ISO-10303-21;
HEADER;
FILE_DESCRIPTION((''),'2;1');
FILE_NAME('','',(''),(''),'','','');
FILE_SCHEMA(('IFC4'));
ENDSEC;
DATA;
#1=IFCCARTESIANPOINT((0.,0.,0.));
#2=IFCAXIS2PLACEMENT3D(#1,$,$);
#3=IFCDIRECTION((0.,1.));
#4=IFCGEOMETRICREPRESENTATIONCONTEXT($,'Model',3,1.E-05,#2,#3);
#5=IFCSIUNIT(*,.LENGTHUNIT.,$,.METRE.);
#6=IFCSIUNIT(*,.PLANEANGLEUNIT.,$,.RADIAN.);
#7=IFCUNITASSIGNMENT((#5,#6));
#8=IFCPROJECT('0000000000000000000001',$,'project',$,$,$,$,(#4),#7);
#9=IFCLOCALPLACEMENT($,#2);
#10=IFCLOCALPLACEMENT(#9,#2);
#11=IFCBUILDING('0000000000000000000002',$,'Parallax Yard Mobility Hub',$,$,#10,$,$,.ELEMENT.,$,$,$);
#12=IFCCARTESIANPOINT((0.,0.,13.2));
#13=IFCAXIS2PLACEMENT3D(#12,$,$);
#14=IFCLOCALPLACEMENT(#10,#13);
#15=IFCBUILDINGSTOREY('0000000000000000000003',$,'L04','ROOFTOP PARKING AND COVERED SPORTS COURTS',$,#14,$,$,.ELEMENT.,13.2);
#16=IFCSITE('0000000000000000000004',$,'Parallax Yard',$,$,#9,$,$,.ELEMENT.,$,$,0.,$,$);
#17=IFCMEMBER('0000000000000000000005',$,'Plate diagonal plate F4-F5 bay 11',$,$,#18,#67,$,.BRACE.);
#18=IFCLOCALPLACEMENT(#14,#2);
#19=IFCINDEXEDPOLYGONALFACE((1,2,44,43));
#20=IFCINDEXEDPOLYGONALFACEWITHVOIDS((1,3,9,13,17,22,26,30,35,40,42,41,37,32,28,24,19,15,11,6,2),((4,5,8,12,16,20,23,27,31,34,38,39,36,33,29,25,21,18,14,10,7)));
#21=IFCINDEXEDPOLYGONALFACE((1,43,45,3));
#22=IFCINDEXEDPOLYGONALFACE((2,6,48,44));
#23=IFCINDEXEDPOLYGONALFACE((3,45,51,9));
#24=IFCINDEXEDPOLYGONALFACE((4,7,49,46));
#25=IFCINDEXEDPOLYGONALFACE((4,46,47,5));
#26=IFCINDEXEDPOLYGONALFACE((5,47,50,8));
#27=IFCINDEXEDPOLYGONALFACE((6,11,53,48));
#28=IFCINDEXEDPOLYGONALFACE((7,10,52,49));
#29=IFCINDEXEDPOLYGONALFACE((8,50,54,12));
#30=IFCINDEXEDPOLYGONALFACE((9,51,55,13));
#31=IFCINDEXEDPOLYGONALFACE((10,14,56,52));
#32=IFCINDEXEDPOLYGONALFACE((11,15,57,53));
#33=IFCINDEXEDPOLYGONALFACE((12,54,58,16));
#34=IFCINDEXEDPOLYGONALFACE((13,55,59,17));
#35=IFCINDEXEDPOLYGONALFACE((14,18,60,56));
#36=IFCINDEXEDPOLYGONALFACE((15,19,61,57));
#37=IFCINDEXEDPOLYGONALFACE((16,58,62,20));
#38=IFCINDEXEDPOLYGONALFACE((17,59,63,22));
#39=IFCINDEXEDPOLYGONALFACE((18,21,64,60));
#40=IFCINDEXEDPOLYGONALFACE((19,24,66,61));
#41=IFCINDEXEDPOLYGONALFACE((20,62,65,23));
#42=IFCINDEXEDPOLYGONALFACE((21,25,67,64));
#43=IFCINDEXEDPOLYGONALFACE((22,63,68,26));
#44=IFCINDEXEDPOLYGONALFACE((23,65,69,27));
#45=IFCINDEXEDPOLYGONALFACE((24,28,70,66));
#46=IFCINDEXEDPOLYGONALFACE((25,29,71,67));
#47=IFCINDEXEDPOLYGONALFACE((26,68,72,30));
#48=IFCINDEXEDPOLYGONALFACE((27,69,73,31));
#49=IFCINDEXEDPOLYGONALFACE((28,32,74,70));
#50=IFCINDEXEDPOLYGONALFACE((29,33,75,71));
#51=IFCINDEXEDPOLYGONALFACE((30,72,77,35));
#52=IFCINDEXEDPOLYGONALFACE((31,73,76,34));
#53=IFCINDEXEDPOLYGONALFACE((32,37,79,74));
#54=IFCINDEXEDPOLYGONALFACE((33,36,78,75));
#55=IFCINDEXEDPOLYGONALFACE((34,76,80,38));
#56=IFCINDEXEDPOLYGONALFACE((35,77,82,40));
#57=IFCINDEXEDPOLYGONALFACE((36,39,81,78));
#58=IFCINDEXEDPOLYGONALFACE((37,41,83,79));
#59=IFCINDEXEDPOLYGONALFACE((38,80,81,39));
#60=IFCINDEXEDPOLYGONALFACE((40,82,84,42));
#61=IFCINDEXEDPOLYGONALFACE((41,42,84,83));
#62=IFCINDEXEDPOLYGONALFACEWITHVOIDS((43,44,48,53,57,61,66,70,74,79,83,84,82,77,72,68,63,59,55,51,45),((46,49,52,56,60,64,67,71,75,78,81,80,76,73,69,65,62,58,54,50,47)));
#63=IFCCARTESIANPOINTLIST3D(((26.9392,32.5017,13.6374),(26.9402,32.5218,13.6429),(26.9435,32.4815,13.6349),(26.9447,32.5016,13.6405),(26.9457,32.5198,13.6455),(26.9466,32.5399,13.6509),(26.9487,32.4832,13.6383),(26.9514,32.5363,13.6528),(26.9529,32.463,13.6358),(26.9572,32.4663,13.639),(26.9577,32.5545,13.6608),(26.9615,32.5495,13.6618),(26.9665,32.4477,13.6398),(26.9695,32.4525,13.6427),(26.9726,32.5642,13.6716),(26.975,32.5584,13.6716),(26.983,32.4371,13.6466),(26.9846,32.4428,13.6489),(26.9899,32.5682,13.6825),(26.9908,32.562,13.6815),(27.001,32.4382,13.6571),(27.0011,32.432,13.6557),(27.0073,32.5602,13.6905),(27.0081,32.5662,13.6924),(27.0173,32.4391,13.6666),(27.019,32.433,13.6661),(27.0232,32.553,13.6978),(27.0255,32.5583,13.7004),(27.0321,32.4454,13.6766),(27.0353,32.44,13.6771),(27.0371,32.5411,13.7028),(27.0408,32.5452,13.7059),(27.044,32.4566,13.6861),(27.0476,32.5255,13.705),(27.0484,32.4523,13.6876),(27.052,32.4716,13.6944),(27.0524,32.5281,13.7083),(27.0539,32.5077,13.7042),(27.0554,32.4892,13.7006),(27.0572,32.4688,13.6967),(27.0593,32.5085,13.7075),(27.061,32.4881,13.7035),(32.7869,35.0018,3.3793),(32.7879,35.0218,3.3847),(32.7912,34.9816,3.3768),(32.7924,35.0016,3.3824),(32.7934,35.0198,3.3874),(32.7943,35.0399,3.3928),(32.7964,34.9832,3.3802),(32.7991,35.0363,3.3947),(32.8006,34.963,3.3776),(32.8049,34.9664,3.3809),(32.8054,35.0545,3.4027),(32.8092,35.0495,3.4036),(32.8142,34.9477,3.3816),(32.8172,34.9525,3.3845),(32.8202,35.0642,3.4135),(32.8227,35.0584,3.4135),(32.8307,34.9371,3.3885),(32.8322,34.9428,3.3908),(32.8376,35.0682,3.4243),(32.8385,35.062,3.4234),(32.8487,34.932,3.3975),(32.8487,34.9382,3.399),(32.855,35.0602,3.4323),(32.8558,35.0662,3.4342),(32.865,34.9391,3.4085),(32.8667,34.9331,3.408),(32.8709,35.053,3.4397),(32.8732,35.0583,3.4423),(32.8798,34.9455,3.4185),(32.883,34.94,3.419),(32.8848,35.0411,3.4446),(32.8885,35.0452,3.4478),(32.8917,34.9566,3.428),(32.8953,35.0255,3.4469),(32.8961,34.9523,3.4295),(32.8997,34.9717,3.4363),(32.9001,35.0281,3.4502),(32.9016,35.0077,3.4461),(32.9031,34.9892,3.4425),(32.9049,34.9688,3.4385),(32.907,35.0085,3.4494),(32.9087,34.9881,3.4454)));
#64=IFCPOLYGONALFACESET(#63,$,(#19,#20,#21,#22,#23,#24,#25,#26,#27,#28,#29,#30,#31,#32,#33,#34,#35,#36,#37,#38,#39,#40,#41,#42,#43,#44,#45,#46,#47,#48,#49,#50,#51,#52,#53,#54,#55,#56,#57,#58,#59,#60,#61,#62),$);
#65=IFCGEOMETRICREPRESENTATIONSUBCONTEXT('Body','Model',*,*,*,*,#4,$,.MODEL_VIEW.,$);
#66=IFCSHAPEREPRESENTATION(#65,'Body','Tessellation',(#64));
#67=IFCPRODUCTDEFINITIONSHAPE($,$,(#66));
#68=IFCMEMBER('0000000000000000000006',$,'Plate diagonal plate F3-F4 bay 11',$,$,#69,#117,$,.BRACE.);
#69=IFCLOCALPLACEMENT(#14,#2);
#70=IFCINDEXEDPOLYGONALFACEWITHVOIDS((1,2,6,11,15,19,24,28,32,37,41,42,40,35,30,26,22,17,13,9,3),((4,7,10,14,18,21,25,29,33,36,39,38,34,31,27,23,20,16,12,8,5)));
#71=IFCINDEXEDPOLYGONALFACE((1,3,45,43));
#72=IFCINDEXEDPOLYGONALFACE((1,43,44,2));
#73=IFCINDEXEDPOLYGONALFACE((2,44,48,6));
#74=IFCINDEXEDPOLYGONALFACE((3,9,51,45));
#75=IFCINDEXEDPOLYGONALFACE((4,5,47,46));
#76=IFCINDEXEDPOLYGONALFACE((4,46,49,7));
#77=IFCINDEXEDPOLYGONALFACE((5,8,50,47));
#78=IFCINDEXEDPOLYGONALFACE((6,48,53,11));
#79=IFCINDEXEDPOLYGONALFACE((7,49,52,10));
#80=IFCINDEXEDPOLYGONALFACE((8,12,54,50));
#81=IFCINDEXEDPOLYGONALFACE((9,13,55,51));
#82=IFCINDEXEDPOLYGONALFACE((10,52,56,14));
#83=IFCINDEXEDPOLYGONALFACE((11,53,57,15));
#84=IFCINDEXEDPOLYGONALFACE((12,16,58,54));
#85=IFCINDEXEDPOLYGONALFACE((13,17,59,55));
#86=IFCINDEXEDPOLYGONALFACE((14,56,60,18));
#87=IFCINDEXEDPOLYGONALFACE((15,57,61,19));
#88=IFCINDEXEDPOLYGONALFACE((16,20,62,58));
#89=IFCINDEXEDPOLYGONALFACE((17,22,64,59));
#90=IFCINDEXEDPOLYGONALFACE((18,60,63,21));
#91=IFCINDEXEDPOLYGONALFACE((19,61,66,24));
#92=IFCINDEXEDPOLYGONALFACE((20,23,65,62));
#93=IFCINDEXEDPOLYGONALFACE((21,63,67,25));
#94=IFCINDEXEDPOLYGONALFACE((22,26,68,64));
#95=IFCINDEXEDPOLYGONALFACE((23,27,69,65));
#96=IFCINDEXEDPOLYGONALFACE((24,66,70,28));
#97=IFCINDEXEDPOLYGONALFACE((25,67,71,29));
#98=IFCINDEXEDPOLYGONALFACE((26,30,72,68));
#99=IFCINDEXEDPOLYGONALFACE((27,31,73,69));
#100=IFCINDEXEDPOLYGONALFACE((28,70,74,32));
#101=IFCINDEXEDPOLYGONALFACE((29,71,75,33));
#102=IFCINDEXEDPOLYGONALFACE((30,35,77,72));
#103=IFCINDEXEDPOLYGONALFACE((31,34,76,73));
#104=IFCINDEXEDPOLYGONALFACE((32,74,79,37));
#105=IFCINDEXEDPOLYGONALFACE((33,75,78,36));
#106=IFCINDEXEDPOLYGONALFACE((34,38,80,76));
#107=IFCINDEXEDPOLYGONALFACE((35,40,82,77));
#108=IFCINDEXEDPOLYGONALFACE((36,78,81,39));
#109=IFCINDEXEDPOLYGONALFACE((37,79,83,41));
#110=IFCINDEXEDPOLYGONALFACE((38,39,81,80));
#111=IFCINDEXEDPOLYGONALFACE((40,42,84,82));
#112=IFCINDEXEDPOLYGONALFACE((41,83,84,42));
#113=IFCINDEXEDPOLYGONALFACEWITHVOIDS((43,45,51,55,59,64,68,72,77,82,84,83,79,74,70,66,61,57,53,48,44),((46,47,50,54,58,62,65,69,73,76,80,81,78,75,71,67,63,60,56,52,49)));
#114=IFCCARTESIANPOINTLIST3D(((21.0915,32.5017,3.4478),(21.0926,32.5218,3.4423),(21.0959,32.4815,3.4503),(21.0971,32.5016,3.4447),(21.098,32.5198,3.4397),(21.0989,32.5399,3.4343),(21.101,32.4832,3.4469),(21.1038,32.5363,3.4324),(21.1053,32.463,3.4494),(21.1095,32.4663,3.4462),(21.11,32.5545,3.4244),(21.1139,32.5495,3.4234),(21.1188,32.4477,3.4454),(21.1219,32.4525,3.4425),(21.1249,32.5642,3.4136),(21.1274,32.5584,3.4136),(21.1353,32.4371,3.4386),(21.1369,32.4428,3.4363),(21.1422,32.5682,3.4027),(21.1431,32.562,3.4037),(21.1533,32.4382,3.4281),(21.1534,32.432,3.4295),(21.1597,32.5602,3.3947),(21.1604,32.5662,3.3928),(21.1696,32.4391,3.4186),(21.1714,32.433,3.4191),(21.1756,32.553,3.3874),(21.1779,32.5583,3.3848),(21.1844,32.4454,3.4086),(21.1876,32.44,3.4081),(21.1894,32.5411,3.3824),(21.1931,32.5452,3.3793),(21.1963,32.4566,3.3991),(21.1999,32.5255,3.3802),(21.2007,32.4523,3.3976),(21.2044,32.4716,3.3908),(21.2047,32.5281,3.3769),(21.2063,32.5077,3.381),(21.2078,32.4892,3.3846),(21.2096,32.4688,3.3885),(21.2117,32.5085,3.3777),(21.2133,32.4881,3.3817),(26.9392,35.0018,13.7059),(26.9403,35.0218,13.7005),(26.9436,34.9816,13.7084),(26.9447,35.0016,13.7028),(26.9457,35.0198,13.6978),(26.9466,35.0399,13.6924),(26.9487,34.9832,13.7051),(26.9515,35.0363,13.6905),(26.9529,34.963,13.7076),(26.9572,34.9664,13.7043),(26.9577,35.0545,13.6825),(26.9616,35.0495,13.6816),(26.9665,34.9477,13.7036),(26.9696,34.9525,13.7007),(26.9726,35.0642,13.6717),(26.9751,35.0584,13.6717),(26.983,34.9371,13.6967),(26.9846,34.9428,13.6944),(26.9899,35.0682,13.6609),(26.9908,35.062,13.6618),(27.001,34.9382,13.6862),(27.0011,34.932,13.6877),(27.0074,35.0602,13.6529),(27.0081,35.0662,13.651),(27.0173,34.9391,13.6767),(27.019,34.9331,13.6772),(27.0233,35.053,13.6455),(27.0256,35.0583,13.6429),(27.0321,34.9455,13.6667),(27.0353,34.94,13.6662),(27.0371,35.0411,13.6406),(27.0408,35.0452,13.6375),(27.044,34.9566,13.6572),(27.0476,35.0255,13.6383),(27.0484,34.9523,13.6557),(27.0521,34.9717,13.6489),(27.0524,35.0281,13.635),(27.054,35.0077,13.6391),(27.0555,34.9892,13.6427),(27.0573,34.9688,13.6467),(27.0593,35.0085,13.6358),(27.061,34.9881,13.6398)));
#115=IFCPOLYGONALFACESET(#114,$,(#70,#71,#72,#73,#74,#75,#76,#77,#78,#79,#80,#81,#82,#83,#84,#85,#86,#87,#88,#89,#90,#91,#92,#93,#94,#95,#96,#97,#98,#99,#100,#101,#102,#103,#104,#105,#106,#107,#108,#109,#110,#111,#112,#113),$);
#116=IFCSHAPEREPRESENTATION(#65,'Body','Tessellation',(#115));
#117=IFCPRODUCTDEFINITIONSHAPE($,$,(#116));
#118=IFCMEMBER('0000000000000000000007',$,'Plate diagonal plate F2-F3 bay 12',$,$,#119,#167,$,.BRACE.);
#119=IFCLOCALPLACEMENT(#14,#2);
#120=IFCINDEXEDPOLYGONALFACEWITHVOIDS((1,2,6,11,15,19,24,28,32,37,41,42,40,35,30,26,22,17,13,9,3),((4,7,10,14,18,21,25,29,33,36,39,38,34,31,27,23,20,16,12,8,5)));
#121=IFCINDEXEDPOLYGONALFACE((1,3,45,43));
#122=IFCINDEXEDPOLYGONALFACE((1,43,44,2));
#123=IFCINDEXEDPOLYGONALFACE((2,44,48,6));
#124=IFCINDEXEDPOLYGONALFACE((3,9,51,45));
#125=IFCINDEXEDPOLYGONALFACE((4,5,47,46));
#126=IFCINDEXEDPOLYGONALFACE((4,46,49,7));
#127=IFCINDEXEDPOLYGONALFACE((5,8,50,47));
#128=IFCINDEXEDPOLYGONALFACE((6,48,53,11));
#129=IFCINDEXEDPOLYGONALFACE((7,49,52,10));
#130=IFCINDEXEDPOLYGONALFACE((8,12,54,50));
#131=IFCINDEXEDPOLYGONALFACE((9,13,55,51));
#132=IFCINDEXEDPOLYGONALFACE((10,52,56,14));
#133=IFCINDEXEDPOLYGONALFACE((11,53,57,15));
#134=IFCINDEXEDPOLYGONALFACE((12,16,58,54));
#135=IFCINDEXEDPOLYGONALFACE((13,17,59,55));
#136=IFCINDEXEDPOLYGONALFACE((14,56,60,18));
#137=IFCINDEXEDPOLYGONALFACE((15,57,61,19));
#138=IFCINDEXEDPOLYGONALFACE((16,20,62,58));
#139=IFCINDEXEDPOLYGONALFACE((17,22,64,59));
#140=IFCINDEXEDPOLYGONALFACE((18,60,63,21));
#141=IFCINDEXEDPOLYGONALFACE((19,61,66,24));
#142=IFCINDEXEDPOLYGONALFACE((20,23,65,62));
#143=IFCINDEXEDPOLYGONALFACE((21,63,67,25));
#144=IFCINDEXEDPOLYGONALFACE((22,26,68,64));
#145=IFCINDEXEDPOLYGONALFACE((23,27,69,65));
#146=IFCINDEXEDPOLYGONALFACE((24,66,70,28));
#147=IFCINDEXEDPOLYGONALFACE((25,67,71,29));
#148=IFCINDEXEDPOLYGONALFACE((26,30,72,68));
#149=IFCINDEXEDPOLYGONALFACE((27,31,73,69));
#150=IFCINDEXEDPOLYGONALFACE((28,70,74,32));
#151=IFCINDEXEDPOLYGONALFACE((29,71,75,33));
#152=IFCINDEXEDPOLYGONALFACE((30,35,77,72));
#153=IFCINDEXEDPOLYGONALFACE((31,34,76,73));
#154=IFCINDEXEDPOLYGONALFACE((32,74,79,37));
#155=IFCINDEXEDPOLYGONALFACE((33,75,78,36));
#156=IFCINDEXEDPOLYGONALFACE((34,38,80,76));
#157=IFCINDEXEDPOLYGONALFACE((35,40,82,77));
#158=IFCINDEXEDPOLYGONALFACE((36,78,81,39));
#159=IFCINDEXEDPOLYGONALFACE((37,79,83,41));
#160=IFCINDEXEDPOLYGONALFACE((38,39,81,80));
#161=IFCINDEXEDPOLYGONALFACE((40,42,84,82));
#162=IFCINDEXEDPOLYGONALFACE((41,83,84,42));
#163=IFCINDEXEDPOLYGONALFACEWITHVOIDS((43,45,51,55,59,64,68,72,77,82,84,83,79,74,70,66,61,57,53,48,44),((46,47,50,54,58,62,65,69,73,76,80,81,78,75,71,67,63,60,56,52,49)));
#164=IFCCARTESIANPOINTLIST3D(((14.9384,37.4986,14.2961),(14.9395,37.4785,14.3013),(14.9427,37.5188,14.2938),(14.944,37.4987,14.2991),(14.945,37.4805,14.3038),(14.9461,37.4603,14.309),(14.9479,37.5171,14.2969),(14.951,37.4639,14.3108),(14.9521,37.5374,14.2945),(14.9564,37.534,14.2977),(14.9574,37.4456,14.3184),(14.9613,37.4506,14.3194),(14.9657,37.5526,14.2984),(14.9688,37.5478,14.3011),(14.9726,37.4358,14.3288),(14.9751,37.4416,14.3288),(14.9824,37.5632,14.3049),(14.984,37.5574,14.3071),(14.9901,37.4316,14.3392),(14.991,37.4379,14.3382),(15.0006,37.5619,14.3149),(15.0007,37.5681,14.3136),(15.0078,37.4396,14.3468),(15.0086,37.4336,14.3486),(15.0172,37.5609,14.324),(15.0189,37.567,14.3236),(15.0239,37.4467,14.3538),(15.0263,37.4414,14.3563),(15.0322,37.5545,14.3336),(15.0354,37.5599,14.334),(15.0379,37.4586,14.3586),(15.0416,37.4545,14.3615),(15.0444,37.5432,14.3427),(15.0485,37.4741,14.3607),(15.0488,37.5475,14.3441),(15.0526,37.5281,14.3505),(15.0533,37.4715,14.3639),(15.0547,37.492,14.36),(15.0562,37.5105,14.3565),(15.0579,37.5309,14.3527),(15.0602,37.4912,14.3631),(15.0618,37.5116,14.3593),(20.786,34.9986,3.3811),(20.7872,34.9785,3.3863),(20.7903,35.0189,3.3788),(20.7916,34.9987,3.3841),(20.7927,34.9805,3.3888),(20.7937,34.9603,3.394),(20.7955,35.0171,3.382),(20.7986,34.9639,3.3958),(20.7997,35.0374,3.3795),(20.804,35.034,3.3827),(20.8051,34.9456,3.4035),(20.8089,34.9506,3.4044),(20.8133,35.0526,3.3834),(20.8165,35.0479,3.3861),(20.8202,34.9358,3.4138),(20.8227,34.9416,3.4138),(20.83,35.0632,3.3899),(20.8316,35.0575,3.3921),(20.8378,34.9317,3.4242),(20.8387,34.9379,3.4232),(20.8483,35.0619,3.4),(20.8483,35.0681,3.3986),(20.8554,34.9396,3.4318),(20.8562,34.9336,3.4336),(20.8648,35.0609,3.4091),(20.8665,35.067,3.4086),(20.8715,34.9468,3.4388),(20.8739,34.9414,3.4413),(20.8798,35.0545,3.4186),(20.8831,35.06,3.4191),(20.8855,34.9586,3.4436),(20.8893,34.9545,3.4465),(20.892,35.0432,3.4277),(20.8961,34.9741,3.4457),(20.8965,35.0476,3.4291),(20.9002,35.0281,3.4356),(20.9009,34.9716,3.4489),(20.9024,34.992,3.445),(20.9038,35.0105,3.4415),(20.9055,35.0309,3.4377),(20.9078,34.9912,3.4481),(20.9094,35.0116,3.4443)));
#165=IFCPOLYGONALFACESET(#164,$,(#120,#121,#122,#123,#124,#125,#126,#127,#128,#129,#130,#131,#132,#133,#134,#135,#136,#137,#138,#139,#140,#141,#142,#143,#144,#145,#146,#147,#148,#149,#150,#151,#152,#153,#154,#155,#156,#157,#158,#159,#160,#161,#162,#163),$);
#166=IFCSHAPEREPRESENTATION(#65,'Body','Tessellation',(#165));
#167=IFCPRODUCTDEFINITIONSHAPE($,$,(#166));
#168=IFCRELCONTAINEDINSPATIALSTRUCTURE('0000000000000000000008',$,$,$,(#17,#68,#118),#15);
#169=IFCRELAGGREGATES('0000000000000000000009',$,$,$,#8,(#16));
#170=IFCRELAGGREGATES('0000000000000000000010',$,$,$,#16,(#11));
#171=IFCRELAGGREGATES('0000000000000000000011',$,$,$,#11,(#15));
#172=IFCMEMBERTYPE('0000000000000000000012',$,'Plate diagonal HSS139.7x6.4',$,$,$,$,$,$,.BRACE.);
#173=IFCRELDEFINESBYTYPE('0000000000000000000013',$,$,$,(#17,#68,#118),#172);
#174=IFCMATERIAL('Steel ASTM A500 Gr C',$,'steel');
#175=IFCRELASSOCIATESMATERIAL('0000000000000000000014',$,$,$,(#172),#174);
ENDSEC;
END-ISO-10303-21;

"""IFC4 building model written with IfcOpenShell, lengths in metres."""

from ifc_helpers import new_model, si_unit, direction, frame, origin, origin_2d, place, context, subcontext, project, spatial, hollow_circle, extrude, material, material_profile, profile_set, type_object, element, save


model = new_model("IFC4")

# Units and contexts
model_context = context("Model", 3, precision=1e-05, world=origin(), true_north=direction((0.0, 1.0)))
body_context = subcontext(model_context, "Body", "Model", "MODEL_VIEW")
ifc_project = project(units=[si_unit("LENGTHUNIT", "METRE"), si_unit("PLANEANGLEUNIT", "RADIAN")], contexts=[model_context])

# Site, building, storey
site_placement = place(None, origin())
site = spatial("IfcSite", under=ifc_project, at=site_placement, Name="Parallax Yard", CompositionType="ELEMENT", RefElevation=0.0)
building_placement = place(site_placement, origin())
building = spatial("IfcBuilding", under=site, at=building_placement, Name="Parallax Yard Mobility Hub", CompositionType="ELEMENT")
storey_placement = place(building_placement, frame((0.0, 0.0, 13.2)))
storey = spatial("IfcBuildingStorey", under=building, at=storey_placement, Name="L04", Description="ROOFTOP PARKING AND COVERED SPORTS COURTS", CompositionType="ELEMENT", Elevation=13.2)

# Members
ifc_material_1 = material(Name="Steel ASTM A500 Gr C", Category="steel")
ifc_material_profile_1 = material_profile(ifc_material_1, hollow_circle(Radius=0.0698, WallThickness=0.0063, at=origin_2d()), Name="HSS139.7x6.4")
ifc_profile_set_1 = profile_set([ifc_material_profile_1], Name="Steel ASTM A500 Gr C")
member_type_1 = type_object("IfcMemberType", Name="Plate diagonal HSS139.7x6.4", PredefinedType="BRACE", material=ifc_profile_set_1)
for number, where, z_axis, x_axis, name in (
    (1, (27.0, 32.5, 13.6716), (0.484499, 0.207134, -0.849916), (-0.393104, 0.919494, 0.0), "Plate diagonal plate F4-F5 bay 11"),
    (2, (21.1523, 32.5, 3.4136), (0.484499, 0.207134, 0.849916), (-0.393104, 0.919494, 0.0), "Plate diagonal plate F3-F4 bay 11"),
):
    element("IfcMember", number, at=place(storey_placement, frame(where, z_axis=z_axis, x_axis=x_axis)), inside=storey, type_object=member_type_1, Name=name, PredefinedType="BRACE", context=body_context, shape_type="SweptSolid", body=[
        extrude(hollow_circle(Radius=0.0698, WallThickness=0.0063, at=origin_2d()), origin(), (0.0, 0.0, 1.0), 12.0696),
    ])
member_1_placement = place(storey_placement, frame((20.8477, 35.0, 3.4138), z_axis=(-0.462901, 0.1979, 0.864036), x_axis=(-0.393104, -0.919494, 0.0)))
element("IfcMember", 3, at=member_1_placement, inside=storey, type_object=member_type_1, Name="Plate diagonal plate F2-F3 bay 12", PredefinedType="BRACE", context=body_context, shape_type="SweptSolid", body=[
    extrude(hollow_circle(Radius=0.0698, WallThickness=0.0063, at=origin_2d()), origin(), (0.0, 0.0, 1.0), 12.6326),
])

save(model, "model.ifc")
